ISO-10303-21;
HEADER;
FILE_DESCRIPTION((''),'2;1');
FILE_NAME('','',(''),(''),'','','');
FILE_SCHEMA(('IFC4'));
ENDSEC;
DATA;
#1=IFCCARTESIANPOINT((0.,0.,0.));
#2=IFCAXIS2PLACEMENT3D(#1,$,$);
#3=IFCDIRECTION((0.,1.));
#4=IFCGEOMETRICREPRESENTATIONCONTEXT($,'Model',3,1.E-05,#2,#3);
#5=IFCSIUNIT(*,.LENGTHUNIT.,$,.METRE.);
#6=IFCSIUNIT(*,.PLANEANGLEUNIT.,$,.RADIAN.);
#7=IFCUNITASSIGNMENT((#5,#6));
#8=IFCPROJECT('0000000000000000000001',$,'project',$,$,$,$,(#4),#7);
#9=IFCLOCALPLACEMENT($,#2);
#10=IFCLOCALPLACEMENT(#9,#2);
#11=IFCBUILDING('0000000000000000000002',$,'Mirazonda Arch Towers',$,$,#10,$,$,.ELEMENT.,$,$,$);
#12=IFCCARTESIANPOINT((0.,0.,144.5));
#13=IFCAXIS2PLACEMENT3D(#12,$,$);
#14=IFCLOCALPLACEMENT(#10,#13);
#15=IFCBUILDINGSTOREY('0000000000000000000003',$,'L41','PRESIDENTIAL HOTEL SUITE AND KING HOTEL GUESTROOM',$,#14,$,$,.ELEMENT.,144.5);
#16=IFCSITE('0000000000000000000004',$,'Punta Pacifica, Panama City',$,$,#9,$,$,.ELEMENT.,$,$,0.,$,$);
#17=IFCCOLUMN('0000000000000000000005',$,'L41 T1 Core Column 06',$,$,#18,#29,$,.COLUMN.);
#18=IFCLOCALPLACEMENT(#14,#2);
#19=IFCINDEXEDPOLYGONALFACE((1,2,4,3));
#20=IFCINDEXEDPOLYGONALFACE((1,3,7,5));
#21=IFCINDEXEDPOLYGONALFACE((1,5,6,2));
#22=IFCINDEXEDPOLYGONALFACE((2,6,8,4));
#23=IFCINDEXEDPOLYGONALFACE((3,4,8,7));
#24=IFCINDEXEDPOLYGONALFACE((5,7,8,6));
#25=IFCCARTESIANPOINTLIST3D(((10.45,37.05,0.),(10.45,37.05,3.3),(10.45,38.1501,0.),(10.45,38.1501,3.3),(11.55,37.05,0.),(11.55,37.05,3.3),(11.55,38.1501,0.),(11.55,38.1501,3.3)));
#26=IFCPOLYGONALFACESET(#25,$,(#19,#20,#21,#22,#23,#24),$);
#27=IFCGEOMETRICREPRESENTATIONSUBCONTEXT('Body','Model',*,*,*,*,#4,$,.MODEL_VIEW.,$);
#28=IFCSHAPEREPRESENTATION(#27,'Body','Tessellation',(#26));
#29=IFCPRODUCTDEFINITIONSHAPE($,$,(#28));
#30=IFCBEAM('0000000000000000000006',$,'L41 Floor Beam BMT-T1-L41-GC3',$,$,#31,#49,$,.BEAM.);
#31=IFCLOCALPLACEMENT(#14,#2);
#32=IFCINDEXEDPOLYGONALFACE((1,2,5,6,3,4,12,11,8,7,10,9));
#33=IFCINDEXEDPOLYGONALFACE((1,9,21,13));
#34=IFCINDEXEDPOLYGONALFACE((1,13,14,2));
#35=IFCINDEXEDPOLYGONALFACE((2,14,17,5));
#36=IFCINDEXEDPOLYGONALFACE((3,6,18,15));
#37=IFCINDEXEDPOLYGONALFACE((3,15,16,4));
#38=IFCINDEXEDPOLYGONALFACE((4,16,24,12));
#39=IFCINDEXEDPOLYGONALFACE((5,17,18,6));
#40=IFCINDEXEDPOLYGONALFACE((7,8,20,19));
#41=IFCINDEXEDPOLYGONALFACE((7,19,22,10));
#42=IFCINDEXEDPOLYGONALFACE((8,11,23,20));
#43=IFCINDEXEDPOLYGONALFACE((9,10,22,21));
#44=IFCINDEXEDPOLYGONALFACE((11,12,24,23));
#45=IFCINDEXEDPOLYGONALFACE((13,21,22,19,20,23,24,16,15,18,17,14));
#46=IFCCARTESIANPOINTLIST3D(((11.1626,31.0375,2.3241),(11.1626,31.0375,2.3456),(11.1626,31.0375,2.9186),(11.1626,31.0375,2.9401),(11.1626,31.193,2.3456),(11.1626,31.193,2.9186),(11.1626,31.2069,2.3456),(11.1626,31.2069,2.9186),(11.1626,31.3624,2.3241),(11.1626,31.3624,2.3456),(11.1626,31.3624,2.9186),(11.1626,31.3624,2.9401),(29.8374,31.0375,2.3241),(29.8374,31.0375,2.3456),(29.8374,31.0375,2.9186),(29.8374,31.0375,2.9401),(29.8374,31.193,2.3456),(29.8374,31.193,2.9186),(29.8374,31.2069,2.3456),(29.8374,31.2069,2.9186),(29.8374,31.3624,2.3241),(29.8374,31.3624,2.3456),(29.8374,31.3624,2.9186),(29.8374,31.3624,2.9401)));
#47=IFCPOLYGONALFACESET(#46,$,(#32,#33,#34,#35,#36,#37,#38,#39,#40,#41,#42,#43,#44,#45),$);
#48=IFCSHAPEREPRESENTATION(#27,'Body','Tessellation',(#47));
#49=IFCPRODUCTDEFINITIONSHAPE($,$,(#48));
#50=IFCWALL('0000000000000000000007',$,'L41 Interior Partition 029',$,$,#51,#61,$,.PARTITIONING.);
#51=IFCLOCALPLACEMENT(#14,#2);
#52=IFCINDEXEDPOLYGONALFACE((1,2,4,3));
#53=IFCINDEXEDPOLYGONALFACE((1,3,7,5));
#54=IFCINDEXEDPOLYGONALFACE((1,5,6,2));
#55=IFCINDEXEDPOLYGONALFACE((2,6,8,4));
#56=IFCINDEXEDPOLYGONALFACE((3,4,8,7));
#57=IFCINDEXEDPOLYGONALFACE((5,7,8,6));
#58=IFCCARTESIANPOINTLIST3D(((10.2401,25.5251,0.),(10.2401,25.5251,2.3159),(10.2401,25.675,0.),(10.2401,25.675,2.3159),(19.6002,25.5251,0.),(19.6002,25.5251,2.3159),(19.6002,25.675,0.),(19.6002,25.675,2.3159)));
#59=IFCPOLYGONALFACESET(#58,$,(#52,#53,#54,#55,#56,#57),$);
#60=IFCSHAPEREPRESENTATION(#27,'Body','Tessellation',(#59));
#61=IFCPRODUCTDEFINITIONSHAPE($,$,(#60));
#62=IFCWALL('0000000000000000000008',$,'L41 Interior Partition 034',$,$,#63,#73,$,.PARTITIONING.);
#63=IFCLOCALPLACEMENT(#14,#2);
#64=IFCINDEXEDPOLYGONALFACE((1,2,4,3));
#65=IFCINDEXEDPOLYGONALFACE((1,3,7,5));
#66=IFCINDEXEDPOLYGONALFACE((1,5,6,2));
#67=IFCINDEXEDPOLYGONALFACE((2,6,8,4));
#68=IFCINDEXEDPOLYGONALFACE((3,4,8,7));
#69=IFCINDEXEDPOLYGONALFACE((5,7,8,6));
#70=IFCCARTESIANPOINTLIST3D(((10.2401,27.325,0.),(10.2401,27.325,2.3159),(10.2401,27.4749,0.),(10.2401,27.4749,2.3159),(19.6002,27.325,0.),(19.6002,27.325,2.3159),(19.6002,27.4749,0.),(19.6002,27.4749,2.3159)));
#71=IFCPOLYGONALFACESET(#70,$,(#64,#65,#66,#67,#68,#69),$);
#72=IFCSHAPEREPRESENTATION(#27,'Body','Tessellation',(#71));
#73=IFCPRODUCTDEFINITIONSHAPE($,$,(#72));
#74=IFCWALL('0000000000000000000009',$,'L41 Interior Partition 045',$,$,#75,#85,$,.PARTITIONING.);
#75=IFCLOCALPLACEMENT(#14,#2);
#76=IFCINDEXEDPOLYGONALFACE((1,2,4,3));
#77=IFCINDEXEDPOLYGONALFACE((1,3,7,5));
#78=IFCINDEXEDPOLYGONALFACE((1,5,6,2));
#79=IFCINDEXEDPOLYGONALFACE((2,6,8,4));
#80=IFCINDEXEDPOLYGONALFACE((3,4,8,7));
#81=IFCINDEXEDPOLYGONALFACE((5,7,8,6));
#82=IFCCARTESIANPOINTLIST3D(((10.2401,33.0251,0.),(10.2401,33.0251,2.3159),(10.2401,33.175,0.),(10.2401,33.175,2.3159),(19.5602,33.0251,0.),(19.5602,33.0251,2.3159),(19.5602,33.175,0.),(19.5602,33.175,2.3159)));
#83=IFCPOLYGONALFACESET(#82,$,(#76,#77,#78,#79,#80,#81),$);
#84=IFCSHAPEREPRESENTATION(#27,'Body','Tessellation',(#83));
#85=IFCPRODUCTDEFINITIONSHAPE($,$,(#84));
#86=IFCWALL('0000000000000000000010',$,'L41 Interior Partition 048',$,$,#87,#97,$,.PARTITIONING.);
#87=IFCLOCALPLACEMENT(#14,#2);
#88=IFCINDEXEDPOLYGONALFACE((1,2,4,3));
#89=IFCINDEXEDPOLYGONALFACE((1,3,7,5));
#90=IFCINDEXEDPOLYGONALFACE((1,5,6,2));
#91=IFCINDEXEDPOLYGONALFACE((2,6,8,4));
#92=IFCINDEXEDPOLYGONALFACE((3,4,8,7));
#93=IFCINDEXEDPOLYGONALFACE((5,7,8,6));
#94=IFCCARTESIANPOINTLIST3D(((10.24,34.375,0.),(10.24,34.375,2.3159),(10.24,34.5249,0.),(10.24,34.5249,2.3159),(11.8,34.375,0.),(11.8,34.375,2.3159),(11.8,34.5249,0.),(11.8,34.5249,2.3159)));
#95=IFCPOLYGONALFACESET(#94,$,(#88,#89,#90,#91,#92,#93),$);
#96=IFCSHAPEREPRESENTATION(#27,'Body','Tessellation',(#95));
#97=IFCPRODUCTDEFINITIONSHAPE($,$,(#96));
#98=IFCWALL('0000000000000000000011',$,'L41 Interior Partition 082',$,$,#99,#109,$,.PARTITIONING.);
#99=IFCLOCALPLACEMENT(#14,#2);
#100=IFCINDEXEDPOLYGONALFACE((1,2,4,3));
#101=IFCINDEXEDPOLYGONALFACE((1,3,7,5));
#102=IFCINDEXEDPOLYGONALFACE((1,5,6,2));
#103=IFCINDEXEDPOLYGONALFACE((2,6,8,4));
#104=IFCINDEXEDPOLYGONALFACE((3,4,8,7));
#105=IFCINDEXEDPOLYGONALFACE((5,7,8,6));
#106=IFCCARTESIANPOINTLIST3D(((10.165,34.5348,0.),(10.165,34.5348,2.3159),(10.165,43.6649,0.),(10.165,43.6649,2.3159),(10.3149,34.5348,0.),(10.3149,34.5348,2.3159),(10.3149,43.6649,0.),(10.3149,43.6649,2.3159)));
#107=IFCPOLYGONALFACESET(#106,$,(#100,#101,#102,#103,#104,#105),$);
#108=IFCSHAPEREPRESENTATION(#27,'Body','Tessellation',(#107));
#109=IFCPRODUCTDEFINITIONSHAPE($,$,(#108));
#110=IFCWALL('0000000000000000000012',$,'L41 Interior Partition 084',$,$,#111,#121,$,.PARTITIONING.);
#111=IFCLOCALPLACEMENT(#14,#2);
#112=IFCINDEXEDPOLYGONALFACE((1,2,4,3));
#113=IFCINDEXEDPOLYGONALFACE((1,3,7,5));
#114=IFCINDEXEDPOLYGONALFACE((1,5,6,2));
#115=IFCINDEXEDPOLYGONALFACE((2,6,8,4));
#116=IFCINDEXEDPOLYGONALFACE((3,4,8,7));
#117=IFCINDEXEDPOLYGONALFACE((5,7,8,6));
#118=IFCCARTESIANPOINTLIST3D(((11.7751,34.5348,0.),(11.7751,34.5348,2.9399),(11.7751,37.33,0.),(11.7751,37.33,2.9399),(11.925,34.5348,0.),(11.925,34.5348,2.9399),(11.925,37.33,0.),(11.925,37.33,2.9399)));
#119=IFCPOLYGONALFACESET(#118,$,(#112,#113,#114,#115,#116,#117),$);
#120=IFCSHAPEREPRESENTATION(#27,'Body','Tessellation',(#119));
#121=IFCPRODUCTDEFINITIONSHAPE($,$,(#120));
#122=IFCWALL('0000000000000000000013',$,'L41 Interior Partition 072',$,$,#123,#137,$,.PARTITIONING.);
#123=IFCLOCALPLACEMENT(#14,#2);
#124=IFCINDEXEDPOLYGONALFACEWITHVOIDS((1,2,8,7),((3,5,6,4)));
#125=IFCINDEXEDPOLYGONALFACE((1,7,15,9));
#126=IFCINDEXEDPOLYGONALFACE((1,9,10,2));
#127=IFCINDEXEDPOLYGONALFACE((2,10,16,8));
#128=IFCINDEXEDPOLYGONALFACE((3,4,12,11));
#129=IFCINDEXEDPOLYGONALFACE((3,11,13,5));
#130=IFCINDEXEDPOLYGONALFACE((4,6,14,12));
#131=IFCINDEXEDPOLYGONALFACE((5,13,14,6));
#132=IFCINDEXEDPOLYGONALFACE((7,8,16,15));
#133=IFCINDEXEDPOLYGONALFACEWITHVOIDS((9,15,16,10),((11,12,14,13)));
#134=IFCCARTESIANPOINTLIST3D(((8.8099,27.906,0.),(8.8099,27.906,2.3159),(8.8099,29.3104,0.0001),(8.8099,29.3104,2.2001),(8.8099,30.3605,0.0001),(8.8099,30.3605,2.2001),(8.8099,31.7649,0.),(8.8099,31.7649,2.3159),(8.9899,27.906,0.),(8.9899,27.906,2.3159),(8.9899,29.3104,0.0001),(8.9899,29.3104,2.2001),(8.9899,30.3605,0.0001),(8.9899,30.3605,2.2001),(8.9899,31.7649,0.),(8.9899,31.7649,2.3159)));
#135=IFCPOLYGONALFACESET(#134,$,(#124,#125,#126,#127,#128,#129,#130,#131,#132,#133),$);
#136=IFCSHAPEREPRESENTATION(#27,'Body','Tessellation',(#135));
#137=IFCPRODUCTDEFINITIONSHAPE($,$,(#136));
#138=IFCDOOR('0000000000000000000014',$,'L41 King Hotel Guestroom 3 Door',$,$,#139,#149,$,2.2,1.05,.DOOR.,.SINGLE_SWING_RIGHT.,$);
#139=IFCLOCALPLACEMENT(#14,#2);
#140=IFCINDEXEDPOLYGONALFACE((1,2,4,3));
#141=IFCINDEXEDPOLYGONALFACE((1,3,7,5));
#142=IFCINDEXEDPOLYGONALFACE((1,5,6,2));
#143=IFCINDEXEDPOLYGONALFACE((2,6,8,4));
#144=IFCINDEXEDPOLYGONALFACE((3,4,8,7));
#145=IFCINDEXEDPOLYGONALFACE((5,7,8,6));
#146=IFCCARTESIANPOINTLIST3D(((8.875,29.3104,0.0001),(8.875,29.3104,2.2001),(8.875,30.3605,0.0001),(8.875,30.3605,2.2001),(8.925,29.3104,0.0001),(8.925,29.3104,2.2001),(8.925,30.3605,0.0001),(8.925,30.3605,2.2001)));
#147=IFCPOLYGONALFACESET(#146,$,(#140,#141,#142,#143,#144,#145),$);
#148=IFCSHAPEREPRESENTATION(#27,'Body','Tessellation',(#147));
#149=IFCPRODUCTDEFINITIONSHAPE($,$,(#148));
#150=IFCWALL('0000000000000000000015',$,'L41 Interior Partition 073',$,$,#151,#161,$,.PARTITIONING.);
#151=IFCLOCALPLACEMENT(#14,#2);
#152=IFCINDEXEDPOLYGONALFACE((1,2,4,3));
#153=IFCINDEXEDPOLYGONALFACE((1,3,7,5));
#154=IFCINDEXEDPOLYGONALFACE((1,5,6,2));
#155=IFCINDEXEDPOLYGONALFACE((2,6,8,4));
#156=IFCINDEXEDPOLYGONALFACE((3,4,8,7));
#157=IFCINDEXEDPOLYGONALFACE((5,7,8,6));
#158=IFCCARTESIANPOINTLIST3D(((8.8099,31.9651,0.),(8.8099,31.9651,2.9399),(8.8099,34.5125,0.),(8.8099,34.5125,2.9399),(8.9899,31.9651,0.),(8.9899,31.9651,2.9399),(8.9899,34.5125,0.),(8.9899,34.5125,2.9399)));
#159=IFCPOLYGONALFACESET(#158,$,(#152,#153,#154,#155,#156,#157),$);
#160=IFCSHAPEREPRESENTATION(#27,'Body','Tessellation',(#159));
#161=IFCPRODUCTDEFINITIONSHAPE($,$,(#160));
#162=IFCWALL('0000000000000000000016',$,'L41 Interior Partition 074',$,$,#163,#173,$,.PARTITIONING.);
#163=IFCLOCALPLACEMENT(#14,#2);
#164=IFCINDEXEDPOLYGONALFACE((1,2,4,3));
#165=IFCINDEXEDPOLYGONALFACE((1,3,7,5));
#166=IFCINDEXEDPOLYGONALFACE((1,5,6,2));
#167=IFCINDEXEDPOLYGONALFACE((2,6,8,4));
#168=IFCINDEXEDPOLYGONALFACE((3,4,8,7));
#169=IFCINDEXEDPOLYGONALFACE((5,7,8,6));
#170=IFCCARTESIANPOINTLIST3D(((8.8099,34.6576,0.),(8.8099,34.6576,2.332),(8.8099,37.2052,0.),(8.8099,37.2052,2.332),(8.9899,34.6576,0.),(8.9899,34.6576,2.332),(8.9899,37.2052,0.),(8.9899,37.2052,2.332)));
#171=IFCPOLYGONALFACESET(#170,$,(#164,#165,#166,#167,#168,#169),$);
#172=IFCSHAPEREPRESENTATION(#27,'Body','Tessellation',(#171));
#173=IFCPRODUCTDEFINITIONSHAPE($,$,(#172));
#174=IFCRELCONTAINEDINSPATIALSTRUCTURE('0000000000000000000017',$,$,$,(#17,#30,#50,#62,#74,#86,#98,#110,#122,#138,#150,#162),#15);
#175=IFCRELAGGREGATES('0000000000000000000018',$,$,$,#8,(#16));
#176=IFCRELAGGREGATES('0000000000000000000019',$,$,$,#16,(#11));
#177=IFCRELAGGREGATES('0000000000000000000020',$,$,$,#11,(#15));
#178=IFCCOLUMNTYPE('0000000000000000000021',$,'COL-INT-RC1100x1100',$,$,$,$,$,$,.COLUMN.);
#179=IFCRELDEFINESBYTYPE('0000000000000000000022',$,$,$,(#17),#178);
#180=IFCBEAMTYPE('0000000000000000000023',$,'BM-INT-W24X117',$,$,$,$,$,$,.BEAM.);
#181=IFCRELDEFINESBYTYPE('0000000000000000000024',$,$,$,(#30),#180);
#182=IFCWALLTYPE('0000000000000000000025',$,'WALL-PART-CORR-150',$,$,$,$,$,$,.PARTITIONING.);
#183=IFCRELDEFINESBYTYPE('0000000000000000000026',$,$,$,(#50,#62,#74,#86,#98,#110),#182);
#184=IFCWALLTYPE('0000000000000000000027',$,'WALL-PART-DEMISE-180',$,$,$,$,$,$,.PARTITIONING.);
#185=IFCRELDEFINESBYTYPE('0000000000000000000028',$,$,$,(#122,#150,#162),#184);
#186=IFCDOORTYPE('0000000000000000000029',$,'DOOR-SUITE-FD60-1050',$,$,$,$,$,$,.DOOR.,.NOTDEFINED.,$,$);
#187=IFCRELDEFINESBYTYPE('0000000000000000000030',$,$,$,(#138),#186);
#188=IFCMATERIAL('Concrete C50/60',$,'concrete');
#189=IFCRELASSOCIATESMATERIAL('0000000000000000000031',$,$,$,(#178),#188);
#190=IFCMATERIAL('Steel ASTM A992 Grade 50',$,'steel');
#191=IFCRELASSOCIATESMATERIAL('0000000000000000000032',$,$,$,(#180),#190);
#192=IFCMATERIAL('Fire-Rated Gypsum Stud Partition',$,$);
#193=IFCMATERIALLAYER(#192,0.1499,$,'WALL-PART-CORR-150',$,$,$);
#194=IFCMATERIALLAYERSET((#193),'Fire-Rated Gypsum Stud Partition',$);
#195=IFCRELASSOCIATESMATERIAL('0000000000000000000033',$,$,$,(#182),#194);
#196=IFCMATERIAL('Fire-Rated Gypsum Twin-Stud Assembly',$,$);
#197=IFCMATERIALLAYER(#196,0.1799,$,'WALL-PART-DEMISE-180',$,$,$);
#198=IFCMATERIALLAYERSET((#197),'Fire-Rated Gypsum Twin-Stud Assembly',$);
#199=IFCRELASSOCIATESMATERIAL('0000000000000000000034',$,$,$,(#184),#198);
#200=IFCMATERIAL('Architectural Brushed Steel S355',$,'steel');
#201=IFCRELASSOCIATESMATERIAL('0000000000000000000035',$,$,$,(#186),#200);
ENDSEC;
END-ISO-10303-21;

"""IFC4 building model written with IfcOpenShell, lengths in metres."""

from ifc_helpers import new_model, si_unit, direction, frame, frame_2d, origin, origin_2d, place, context, subcontext, project, spatial, rectangle, i_section, extrude, material, layer, layer_set, material_profile, profile_set, type_object, element, fill, save


model = new_model("IFC4")

# Units and contexts
model_context = context("Model", 3, precision=1e-05, world=origin(), true_north=direction((0.0, 1.0)))
body_context = subcontext(model_context, "Body", "Model", "MODEL_VIEW")
ifc_project = project(units=[si_unit("LENGTHUNIT", "METRE"), si_unit("PLANEANGLEUNIT", "RADIAN")], contexts=[model_context])

# Site, building, storey
site_placement = place(None, origin())
site = spatial("IfcSite", under=ifc_project, at=site_placement, Name="Punta Pacifica, Panama City", CompositionType="ELEMENT", RefElevation=0.0)
building_placement = place(site_placement, origin())
building = spatial("IfcBuilding", under=site, at=building_placement, Name="Mirazonda Arch Towers", CompositionType="ELEMENT")
storey_placement = place(building_placement, frame((0.0, 0.0, 144.5)))
storey = spatial("IfcBuildingStorey", under=building, at=storey_placement, Name="L41", Description="PRESIDENTIAL HOTEL SUITE AND KING HOTEL GUESTROOM", CompositionType="ELEMENT", Elevation=144.5)

# Column
ifc_material_1 = material(Name="Concrete C50/60", Category="concrete")
ifc_material_profile_1 = material_profile(ifc_material_1, rectangle(XDim=1.1001, YDim=1.1001, at=origin_2d()), Name="RC1100x1100")
ifc_profile_set_1 = profile_set([ifc_material_profile_1], Name="Concrete C50/60")
column_type = type_object("IfcColumnType", Name="COL-INT-RC1100x1100", PredefinedType="COLUMN", material=ifc_profile_set_1)
column_placement = place(storey_placement, frame((11.0, 37.6001, 0.0), z_axis=(0.0, 0.0, 1.0), x_axis=(1.0, 0.0, 0.0)))
element("IfcColumn", 1, at=column_placement, inside=storey, type_object=column_type, Name="L41 T1 Core Column 06", PredefinedType="COLUMN", context=body_context, shape_type="SweptSolid", body=[
    extrude(rectangle(XDim=1.1001, YDim=1.1001, at=origin_2d()), origin(), (0.0, 0.0, 1.0), 3.3),
])

# Beam
ifc_material_2 = material(Name="Steel ASTM A992 Grade 50", Category="steel")
ifc_material_profile_2 = material_profile(ifc_material_2, i_section(OverallWidth=0.325, OverallDepth=0.616, WebThickness=0.0139, FlangeThickness=0.0215, at=origin_2d()), Name="W24X117")
ifc_profile_set_2 = profile_set([ifc_material_profile_2], Name="Steel ASTM A992 Grade 50")
beam_type = type_object("IfcBeamType", Name="BM-INT-W24X117", PredefinedType="BEAM", material=ifc_profile_set_2)
beam_placement = place(storey_placement, frame((11.1626, 31.2, 2.6321), z_axis=(1.0, 0.0, 0.0), x_axis=(0.0, 1.0, 0.0)))
element("IfcBeam", 2, at=beam_placement, inside=storey, type_object=beam_type, Name="L41 Floor Beam BMT-T1-L41-GC3", PredefinedType="BEAM", context=body_context, shape_type="SweptSolid", body=[
    extrude(i_section(OverallWidth=0.325, OverallDepth=0.616, WebThickness=0.0139, FlangeThickness=0.0215, at=origin_2d()), origin(), (0.0, 0.0, 1.0), 18.6748),
])

# Walls
ifc_material_3 = material(Name="Fire-Rated Gypsum Stud Partition")
ifc_layer_1 = layer(ifc_material_3, 0.1499, Name="WALL-PART-CORR-150")
ifc_layer_set_1 = layer_set([ifc_layer_1], Name="Fire-Rated Gypsum Stud Partition")
wall_type_1 = type_object("IfcWallType", Name="WALL-PART-CORR-150", PredefinedType="PARTITIONING", material=ifc_layer_set_1)
for number, where, z_axis, x_axis, name in (
    (3, (10.24, 25.6001, 0.0), (0.0, 0.0, 1.0), (1.0, 0.0, 0.0), "L41 Interior Partition 029"),
    (4, (10.24, 27.3999, 0.0), (0.0, 0.0, 1.0), (1.0, 0.0, 0.0), "L41 Interior Partition 034"),
):
    element("IfcWall", number, at=place(storey_placement, frame(where, z_axis=z_axis, x_axis=x_axis)), inside=storey, type_object=wall_type_1, Name=name, PredefinedType="PARTITIONING", context=body_context, shape_type="SweptSolid", body=[
        extrude(rectangle(XDim=9.3601, YDim=0.1499, at=frame_2d((4.6802, 0.0))), origin(), (0.0, 0.0, 1.0), 2.3159),
    ])
wall_1_placement = place(storey_placement, frame((10.24, 33.1001, 0.0), z_axis=(0.0, 0.0, 1.0), x_axis=(1.0, 0.0, 0.0)))
element("IfcWall", 5, at=wall_1_placement, inside=storey, type_object=wall_type_1, Name="L41 Interior Partition 045", PredefinedType="PARTITIONING", context=body_context, shape_type="SweptSolid", body=[
    extrude(rectangle(XDim=9.3201, YDim=0.1499, at=frame_2d((4.6602, 0.0))), origin(), (0.0, 0.0, 1.0), 2.3159),
])
wall_2_placement = place(storey_placement, frame((10.24, 34.45, 0.0), z_axis=(0.0, 0.0, 1.0), x_axis=(1.0, 0.0, 0.0)))
element("IfcWall", 6, at=wall_2_placement, inside=storey, type_object=wall_type_1, Name="L41 Interior Partition 048", PredefinedType="PARTITIONING", context=body_context, shape_type="SweptSolid", body=[
    extrude(rectangle(XDim=1.5601, YDim=0.1499, at=frame_2d((0.78, 0.0))), origin(), (0.0, 0.0, 1.0), 2.3159),
])

# Shared definitions
ifc_material_4 = material(Name="Architectural Brushed Steel S355", Category="steel")

# Walls
wall_3_placement = place(storey_placement, frame((10.24, 34.5349, 0.0), z_axis=(0.0, 0.0, 1.0), x_axis=(0.0, 1.0, 0.0)))
element("IfcWall", 7, at=wall_3_placement, inside=storey, type_object=wall_type_1, Name="L41 Interior Partition 082", PredefinedType="PARTITIONING", context=body_context, shape_type="SweptSolid", body=[
    extrude(rectangle(XDim=9.1301, YDim=0.1499, at=frame_2d((4.5649, 0.0))), origin(), (0.0, 0.0, 1.0), 2.3159),
])
wall_4_placement = place(storey_placement, frame((11.8501, 34.5349, 0.0), z_axis=(0.0, 0.0, 1.0), x_axis=(0.0, 1.0, 0.0)))
element("IfcWall", 8, at=wall_4_placement, inside=storey, type_object=wall_type_1, Name="L41 Interior Partition 084", PredefinedType="PARTITIONING", context=body_context, shape_type="SweptSolid", body=[
    extrude(rectangle(XDim=2.7952, YDim=0.1499, at=frame_2d((1.3975, 0.0))), origin(), (0.0, 0.0, 1.0), 2.9399),
])

# Wall, opening, door
ifc_material_5 = material(Name="Fire-Rated Gypsum Twin-Stud Assembly")
ifc_layer_2 = layer(ifc_material_5, 0.1799, Name="WALL-PART-DEMISE-180")
ifc_layer_set_2 = layer_set([ifc_layer_2], Name="Fire-Rated Gypsum Twin-Stud Assembly")
wall_type_2 = type_object("IfcWallType", Name="WALL-PART-DEMISE-180", PredefinedType="PARTITIONING", material=ifc_layer_set_2)
wall_5_placement = place(storey_placement, frame((8.8999, 27.906, 0.0), z_axis=(0.0, 0.0, 1.0), x_axis=(0.0, 1.0, 0.0)))
wall_5 = element("IfcWall", 9, at=wall_5_placement, inside=storey, type_object=wall_type_2, Name="L41 Interior Partition 072", PredefinedType="PARTITIONING", context=body_context, shape_type="SweptSolid", body=[
    extrude(rectangle(XDim=3.8589, YDim=0.1799, at=frame_2d((1.9294, 0.0))), origin(), (0.0, 0.0, 1.0), 2.3159),
])
opening_1_placement = place(wall_5_placement, frame((1.4045, 0.0, 0.0)))
opening_1 = element("IfcOpeningElement", 10, at=opening_1_placement, cuts=wall_5, PredefinedType="OPENING", context=body_context, shape_type="SweptSolid", body=[
    extrude(rectangle(XDim=1.05, YDim=2.2, at=frame_2d((0.5249, 1.1001))), frame((0.0, 0.0999, 0.0), z_axis=(0.0, -1.0, 0.0), x_axis=(1.0, 0.0, 0.0)), (0.0, 0.0, 1.0), 0.2),
])
door_type_1 = type_object("IfcDoorType", Name="DOOR-SUITE-FD60-1050", OperationType="NOTDEFINED", PredefinedType="DOOR", material=ifc_material_4)
door_1_placement = place(opening_1_placement, origin())
door_1 = element("IfcDoor", 11, at=door_1_placement, inside=storey, type_object=door_type_1, Name="L41 King Hotel Guestroom 3 Door", OperationType="SINGLE_SWING_RIGHT", OverallHeight=2.2, OverallWidth=1.05, PredefinedType="DOOR", context=body_context, shape_type="SweptSolid", body=[
    extrude(rectangle(XDim=1.05, YDim=2.2, at=frame_2d((0.5249, 1.1001))), frame((0.0, 0.0249, 0.0), z_axis=(0.0, -1.0, 0.0), x_axis=(1.0, 0.0, 0.0)), (0.0, 0.0, 1.0), 0.05),
])
fill(opening_1, door_1)

# Walls
wall_6_placement = place(storey_placement, frame((8.8999, 31.9651, 0.0), z_axis=(0.0, 0.0, 1.0), x_axis=(0.0, 1.0, 0.0)))
element("IfcWall", 12, at=wall_6_placement, inside=storey, type_object=wall_type_2, Name="L41 Interior Partition 073", PredefinedType="PARTITIONING", context=body_context, shape_type="SweptSolid", body=[
    extrude(rectangle(XDim=2.5474, YDim=0.1799, at=frame_2d((1.2737, 0.0))), origin(), (0.0, 0.0, 1.0), 2.9399),
])
wall_7_placement = place(storey_placement, frame((8.8999, 34.6575, 0.0), z_axis=(0.0, 0.0, 1.0), x_axis=(0.0, 1.0, 0.0)))
element("IfcWall", 13, at=wall_7_placement, inside=storey, type_object=wall_type_2, Name="L41 Interior Partition 074", PredefinedType="PARTITIONING", context=body_context, shape_type="SweptSolid", body=[
    extrude(rectangle(XDim=2.5476, YDim=0.1799, at=frame_2d((1.2739, 0.0))), origin(), (0.0, 0.0, 1.0), 2.332),
])

save(model, "model.ifc")
